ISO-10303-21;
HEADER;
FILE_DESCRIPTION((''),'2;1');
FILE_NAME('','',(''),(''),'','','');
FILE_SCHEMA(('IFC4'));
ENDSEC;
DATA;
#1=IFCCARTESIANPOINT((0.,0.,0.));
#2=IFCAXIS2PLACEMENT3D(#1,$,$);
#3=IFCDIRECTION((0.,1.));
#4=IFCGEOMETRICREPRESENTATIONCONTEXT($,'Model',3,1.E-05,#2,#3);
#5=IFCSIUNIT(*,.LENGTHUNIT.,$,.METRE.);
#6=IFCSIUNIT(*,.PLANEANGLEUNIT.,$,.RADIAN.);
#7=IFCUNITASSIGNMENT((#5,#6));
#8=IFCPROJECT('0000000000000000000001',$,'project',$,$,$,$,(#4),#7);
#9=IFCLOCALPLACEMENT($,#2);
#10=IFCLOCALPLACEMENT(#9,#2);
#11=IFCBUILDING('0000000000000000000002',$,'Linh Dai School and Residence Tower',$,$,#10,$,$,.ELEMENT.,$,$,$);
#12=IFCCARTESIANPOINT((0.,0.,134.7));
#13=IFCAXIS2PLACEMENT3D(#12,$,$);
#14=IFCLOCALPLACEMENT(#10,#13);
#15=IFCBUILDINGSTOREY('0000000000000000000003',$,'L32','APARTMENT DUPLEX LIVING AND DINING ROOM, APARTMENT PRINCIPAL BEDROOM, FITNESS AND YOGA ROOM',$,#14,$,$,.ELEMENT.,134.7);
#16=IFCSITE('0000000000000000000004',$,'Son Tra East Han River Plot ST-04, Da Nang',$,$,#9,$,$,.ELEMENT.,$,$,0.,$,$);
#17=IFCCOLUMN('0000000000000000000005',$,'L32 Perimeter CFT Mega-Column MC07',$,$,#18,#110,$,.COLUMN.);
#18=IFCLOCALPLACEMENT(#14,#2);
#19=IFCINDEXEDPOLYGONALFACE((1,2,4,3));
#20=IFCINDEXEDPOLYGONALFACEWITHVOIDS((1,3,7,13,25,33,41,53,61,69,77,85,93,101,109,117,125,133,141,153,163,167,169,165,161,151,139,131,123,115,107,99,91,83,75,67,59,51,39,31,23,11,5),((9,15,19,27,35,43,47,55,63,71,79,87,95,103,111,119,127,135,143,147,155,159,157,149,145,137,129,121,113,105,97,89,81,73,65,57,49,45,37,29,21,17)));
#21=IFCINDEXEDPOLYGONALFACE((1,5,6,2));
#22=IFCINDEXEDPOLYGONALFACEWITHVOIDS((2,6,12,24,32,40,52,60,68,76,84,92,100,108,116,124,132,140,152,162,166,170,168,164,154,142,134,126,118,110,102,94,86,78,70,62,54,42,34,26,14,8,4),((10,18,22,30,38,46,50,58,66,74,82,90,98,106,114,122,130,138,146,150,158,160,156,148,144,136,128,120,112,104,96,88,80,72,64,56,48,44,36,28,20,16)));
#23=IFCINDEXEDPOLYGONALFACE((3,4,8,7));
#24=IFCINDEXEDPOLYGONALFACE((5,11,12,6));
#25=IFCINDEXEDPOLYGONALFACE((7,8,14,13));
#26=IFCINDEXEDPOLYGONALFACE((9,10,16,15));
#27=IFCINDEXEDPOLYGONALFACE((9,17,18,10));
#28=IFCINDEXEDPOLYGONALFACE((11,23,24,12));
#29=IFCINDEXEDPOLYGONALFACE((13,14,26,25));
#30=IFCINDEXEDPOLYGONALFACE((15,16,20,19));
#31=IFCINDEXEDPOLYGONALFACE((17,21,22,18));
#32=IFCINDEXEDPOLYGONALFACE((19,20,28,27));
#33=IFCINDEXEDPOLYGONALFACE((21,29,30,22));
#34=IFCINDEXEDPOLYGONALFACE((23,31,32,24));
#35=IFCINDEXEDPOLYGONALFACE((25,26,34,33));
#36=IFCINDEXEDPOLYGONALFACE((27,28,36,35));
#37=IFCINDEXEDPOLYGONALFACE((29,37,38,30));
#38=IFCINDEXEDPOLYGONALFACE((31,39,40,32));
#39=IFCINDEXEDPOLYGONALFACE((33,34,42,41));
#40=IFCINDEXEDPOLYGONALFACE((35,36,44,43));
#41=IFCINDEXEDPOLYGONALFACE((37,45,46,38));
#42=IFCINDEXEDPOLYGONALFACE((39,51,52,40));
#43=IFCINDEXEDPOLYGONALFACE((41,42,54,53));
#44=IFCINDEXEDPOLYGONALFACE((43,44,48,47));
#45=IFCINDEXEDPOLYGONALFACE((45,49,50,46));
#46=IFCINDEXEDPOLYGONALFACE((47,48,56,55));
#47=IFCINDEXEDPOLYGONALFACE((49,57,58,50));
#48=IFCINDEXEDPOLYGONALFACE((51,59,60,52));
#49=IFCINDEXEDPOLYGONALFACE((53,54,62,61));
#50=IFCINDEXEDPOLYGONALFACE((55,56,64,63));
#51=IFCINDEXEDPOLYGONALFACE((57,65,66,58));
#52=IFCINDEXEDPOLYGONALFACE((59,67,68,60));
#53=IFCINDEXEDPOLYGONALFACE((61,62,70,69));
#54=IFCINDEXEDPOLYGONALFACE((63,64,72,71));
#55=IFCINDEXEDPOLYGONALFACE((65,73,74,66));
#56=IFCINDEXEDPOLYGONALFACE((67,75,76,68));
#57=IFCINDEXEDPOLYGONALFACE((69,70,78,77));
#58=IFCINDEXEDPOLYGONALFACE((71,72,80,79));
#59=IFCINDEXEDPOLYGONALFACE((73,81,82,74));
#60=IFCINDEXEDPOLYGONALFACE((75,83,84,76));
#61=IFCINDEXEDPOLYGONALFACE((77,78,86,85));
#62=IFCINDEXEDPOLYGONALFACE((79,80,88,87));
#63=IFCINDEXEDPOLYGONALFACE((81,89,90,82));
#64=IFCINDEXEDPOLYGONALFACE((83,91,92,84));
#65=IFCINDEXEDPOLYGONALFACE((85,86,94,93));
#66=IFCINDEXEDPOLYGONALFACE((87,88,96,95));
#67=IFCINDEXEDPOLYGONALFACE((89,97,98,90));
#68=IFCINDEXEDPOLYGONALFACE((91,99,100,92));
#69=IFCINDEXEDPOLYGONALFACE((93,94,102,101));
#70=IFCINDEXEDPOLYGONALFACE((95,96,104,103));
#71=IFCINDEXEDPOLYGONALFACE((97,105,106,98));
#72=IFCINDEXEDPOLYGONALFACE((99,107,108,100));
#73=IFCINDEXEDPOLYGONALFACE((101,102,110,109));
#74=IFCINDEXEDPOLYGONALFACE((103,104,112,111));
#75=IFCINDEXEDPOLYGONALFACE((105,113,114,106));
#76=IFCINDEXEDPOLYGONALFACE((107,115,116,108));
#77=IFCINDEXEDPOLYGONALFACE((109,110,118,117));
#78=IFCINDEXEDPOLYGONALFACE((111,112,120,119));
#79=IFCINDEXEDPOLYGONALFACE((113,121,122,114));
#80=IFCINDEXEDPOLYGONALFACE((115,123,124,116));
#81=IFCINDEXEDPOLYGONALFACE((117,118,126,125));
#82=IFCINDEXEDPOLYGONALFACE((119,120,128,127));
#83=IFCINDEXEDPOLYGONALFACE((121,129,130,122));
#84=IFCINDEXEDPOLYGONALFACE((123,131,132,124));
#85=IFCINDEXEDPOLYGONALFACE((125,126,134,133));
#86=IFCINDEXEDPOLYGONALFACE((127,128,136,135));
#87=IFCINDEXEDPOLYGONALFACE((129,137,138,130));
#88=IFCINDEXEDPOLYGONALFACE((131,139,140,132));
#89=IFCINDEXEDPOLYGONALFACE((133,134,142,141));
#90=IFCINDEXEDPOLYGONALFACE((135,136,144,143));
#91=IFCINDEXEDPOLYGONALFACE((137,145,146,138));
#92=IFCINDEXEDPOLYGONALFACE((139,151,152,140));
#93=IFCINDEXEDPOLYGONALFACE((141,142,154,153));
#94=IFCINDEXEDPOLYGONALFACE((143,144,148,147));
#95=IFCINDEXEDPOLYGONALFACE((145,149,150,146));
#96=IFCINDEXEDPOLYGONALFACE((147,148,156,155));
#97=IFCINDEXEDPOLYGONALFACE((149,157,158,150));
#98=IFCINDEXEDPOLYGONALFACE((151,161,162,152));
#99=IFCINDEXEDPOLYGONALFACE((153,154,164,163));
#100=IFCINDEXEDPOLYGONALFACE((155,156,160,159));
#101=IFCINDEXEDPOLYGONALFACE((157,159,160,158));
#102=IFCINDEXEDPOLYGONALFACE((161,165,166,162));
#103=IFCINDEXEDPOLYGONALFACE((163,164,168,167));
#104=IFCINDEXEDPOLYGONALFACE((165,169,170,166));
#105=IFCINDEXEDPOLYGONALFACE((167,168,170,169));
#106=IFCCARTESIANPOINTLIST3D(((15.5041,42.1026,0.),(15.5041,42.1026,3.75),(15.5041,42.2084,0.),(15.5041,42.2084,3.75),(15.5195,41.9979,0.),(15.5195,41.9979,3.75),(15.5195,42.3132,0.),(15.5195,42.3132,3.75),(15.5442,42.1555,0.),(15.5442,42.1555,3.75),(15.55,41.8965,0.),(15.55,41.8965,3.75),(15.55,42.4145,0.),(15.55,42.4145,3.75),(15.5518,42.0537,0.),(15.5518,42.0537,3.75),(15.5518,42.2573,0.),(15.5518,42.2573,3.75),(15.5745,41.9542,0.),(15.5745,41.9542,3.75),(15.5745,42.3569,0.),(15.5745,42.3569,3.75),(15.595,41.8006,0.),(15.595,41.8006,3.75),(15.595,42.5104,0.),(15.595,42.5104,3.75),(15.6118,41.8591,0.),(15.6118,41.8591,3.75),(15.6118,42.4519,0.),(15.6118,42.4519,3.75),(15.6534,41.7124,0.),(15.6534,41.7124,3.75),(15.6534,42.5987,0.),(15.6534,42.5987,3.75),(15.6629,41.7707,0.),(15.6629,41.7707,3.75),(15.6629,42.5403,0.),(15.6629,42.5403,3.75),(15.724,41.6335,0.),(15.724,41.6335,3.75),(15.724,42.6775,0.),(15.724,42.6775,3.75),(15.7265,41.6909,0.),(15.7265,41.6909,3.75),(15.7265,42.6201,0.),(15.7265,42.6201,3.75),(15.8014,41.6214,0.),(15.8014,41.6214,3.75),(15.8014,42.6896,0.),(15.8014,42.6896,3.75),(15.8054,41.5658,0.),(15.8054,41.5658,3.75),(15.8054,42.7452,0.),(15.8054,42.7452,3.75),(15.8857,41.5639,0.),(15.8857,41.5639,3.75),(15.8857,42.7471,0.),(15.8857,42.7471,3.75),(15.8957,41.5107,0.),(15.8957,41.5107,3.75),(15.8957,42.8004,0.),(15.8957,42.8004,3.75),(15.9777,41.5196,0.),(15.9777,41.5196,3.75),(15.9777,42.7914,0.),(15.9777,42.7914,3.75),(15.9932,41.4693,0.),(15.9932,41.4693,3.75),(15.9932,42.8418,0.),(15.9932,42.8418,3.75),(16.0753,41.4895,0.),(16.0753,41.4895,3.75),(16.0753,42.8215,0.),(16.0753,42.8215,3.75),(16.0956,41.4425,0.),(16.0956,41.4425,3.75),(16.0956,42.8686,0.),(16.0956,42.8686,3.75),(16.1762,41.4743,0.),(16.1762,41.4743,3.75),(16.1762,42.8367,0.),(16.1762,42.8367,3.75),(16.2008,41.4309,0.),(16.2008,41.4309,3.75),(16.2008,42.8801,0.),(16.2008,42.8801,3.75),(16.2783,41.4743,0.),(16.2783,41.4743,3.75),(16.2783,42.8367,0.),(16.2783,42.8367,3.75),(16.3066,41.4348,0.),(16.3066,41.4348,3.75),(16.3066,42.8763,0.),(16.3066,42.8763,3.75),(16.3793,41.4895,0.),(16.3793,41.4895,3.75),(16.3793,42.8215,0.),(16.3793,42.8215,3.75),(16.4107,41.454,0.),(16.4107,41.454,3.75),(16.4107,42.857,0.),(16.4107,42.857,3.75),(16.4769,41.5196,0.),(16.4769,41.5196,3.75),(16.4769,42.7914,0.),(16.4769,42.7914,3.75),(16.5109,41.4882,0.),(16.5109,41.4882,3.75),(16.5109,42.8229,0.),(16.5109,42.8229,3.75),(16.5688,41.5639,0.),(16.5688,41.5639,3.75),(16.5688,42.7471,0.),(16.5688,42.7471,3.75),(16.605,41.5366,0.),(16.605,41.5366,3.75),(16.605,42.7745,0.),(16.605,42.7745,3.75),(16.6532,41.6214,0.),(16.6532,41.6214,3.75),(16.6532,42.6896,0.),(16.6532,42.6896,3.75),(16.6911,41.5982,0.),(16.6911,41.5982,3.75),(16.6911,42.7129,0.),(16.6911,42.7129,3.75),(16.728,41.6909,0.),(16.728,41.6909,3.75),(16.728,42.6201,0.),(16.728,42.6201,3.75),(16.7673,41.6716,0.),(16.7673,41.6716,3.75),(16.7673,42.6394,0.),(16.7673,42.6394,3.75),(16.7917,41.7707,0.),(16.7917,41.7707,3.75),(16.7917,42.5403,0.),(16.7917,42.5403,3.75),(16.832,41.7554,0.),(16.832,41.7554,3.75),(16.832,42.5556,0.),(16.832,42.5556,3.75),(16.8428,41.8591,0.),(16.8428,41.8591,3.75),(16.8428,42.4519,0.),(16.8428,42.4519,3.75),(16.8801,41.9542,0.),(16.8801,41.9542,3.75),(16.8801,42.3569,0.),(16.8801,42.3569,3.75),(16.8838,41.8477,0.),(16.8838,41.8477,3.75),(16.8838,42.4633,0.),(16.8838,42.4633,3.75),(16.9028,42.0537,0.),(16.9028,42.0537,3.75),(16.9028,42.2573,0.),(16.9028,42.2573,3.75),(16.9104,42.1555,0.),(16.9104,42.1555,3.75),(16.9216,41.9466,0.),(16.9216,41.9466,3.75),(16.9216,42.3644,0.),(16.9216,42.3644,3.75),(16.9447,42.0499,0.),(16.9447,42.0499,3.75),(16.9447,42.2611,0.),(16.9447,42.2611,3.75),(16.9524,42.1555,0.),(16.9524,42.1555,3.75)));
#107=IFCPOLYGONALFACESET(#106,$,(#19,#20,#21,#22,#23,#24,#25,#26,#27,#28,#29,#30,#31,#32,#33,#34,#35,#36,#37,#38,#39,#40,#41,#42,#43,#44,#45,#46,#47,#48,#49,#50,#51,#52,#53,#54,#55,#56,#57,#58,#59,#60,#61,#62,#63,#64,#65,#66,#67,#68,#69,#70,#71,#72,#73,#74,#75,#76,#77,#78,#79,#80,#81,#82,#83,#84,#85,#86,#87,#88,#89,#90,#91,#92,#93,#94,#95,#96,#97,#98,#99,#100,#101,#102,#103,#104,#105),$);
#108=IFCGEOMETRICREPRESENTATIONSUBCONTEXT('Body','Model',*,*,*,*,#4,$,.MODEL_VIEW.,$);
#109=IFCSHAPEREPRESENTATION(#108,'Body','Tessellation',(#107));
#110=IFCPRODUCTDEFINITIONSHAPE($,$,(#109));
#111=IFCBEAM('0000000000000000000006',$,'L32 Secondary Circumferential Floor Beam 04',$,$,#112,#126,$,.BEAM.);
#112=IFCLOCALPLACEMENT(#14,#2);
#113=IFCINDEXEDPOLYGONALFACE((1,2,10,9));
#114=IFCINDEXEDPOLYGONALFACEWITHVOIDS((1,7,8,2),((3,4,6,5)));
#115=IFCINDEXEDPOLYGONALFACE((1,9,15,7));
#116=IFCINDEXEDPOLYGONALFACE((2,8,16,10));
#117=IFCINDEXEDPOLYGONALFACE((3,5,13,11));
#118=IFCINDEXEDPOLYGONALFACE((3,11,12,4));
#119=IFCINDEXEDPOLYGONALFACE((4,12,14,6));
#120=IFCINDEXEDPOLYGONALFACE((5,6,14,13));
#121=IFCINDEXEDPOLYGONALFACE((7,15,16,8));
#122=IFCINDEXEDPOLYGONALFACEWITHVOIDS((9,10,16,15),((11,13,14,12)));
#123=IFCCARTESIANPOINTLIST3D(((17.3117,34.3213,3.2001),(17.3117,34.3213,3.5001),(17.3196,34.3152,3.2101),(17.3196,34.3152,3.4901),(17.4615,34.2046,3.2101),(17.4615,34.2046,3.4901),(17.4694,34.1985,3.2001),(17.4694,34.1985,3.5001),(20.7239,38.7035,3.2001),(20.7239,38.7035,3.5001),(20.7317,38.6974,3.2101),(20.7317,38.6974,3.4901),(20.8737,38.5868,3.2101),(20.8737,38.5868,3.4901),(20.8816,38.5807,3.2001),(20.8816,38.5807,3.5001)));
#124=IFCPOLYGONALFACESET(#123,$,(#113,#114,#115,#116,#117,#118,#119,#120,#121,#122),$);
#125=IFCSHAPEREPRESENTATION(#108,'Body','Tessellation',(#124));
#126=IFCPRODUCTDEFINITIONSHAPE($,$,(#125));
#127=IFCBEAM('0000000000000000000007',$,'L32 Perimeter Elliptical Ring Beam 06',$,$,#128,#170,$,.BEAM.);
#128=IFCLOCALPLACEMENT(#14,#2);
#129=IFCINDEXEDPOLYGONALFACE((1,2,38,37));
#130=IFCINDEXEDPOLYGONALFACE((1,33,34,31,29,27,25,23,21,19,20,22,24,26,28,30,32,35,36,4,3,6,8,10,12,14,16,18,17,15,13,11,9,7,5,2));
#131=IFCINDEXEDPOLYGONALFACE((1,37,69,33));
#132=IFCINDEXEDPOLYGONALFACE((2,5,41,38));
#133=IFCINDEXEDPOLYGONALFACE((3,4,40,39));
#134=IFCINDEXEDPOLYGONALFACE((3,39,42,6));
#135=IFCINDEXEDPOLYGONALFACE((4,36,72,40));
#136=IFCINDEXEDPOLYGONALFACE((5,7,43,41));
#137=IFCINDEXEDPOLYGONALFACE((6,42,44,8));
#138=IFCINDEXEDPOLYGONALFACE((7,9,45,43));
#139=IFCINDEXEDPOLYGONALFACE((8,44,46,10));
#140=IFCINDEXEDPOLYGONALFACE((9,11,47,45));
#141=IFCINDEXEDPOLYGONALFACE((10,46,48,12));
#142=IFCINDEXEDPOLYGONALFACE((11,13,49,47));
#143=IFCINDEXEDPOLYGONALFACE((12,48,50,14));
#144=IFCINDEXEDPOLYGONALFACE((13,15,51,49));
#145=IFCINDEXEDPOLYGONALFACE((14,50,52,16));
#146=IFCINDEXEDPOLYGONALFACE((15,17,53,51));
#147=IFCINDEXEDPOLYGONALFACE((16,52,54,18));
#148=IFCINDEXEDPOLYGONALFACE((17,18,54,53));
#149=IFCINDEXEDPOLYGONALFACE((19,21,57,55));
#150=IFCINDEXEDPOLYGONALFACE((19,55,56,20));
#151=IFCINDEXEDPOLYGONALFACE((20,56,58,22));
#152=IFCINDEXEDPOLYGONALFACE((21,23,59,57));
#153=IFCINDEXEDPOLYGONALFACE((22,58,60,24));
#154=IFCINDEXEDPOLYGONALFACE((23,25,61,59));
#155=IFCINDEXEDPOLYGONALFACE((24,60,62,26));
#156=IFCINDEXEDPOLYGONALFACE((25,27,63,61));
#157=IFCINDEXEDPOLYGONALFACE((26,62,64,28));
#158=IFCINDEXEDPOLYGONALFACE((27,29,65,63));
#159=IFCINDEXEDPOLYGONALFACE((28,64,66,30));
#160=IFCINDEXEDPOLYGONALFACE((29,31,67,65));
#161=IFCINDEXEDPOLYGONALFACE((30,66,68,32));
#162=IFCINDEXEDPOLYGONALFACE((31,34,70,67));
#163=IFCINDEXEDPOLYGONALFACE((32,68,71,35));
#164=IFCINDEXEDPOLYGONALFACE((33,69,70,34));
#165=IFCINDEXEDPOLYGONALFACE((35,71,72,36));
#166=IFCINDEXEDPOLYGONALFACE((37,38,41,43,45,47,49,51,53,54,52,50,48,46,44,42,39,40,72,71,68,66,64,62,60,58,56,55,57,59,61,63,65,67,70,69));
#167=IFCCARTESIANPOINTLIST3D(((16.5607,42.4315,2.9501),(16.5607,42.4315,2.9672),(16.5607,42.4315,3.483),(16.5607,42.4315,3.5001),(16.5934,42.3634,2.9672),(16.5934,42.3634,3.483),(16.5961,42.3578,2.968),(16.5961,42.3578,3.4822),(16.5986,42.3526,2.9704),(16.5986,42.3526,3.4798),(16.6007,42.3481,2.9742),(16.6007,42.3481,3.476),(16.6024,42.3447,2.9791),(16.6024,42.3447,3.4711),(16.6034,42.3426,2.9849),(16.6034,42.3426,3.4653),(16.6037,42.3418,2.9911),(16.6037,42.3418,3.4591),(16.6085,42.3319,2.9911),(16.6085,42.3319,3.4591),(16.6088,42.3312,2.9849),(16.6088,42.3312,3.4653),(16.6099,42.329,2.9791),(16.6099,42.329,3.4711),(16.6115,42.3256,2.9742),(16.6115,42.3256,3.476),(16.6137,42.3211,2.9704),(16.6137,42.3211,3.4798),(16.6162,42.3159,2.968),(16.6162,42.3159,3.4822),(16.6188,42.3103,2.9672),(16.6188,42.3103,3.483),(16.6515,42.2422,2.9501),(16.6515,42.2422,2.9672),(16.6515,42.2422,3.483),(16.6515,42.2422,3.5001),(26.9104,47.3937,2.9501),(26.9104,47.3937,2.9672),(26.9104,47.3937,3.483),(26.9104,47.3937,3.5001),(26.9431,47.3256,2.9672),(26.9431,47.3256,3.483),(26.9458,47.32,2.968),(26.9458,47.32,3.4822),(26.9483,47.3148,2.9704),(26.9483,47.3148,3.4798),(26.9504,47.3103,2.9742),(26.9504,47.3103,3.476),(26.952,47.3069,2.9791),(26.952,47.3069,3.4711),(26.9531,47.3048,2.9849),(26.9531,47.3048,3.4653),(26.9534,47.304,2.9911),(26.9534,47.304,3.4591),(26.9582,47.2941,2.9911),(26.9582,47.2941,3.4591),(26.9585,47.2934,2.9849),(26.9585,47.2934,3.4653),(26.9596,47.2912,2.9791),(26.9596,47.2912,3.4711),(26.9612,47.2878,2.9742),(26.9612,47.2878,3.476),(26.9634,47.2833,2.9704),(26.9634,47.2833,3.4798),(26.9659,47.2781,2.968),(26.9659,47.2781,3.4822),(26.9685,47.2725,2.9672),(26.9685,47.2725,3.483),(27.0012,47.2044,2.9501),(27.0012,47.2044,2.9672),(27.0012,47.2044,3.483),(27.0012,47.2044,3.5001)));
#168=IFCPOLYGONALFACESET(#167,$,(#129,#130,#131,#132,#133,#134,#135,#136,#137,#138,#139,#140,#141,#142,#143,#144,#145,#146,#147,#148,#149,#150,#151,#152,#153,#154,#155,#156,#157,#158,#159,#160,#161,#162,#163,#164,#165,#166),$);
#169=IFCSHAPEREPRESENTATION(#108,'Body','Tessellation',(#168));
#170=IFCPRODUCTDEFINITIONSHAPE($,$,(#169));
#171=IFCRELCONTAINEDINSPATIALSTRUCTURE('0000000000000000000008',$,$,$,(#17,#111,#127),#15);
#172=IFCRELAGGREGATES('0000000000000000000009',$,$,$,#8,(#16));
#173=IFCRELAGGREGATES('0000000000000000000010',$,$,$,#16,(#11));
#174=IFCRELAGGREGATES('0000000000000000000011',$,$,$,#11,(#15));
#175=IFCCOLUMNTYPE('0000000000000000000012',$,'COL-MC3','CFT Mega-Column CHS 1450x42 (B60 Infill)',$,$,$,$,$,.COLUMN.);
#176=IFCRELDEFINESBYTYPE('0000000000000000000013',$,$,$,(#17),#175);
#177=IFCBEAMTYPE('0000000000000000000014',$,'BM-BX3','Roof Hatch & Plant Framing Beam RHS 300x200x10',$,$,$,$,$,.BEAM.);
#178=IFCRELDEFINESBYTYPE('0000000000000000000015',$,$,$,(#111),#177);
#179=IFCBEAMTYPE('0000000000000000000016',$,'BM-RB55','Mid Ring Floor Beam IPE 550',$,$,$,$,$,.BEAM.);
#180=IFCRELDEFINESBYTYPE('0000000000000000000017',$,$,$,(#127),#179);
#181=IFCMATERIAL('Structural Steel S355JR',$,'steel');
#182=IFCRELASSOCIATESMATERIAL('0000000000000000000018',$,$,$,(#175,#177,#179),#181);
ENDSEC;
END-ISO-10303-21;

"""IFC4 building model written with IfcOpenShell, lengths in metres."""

from ifc_helpers import new_model, si_unit, direction, frame, origin, origin_2d, place, context, subcontext, project, spatial, hollow_rectangle, hollow_circle, i_section, extrude, material, material_profile, profile_set, type_object, element, save


model = new_model("IFC4")

# Units and contexts
model_context = context("Model", 3, precision=1e-05, world=origin(), true_north=direction((0.0, 1.0)))
body_context = subcontext(model_context, "Body", "Model", "MODEL_VIEW")
ifc_project = project(units=[si_unit("LENGTHUNIT", "METRE"), si_unit("PLANEANGLEUNIT", "RADIAN")], contexts=[model_context])

# Site, building, storey
site_placement = place(None, origin())
site = spatial("IfcSite", under=ifc_project, at=site_placement, Name="Son Tra East Han River Plot ST-04, Da Nang", CompositionType="ELEMENT", RefElevation=0.0)
building_placement = place(site_placement, origin())
building = spatial("IfcBuilding", under=site, at=building_placement, Name="Linh Dai School and Residence Tower", CompositionType="ELEMENT")
storey_placement = place(building_placement, frame((0.0, 0.0, 134.7)))
storey = spatial("IfcBuildingStorey", under=building, at=storey_placement, Name="L32", Description="APARTMENT DUPLEX LIVING AND DINING ROOM, APARTMENT PRINCIPAL BEDROOM, FITNESS AND YOGA ROOM", CompositionType="ELEMENT", Elevation=134.7)

# Column
ifc_material_1 = material(Name="Structural Steel S355JR", Category="steel")
ifc_material_profile_1 = material_profile(ifc_material_1, hollow_circle(Radius=0.7251, WallThickness=0.042, at=origin_2d()), Name="CHS 1450x42")
ifc_profile_set_1 = profile_set([ifc_material_profile_1], Name="Structural Steel S355JR")
column_type = type_object("IfcColumnType", Name="COL-MC3", Description="CFT Mega-Column CHS 1450x42 (B60 Infill)", PredefinedType="COLUMN", material=ifc_profile_set_1)
column_placement = place(storey_placement, frame((16.2273, 42.1555, 0.0), z_axis=(0.0, 0.0, 1.0), x_axis=(1.0, 0.0, 0.0)))
element("IfcColumn", 1, at=column_placement, inside=storey, type_object=column_type, Name="L32 Perimeter CFT Mega-Column MC07", PredefinedType="COLUMN", context=body_context, shape_type="SweptSolid", body=[
    extrude(hollow_circle(Radius=0.7251, WallThickness=0.042, at=origin_2d()), origin(), (0.0, 0.0, 1.0), 3.75),
])

# Beams
ifc_material_profile_2 = material_profile(ifc_material_1, hollow_rectangle(XDim=0.2, YDim=0.3, WallThickness=0.01, at=origin_2d()), Name="RHS 300x200x10")
ifc_profile_set_2 = profile_set([ifc_material_profile_2], Name="Structural Steel S355JR")
beam_type_1 = type_object("IfcBeamType", Name="BM-BX3", Description="Roof Hatch & Plant Framing Beam RHS 300x200x10", PredefinedType="BEAM", material=ifc_profile_set_2)
beam_1_placement = place(storey_placement, frame((20.8027, 38.6421, 3.3501), z_axis=(-0.61437, -0.789018, 0.0), x_axis=(0.789018, -0.61437, 0.0)))
element("IfcBeam", 2, at=beam_1_placement, inside=storey, type_object=beam_type_1, Name="L32 Secondary Circumferential Floor Beam 04", PredefinedType="BEAM", context=body_context, shape_type="SweptSolid", body=[
    extrude(hollow_rectangle(XDim=0.2, YDim=0.3, WallThickness=0.01, at=origin_2d()), origin(), (0.0, 0.0, 1.0), 5.554),
])
ifc_material_profile_3 = material_profile(ifc_material_1, i_section(OverallWidth=0.21, OverallDepth=0.55, WebThickness=0.011, FlangeThickness=0.0171, FilletRadius=0.0239, at=origin_2d()), Name="IPE 550")
ifc_profile_set_3 = profile_set([ifc_material_profile_3], Name="Structural Steel S355JR")
beam_type_2 = type_object("IfcBeamType", Name="BM-RB55", Description="Mid Ring Floor Beam IPE 550", PredefinedType="BEAM", material=ifc_profile_set_3)
beam_2_placement = place(storey_placement, frame((26.9558, 47.2991, 3.2251), z_axis=(-0.901715, -0.432331, 0.0), x_axis=(0.432331, -0.901715, 0.0)))
element("IfcBeam", 3, at=beam_2_placement, inside=storey, type_object=beam_type_2, Name="L32 Perimeter Elliptical Ring Beam 06", PredefinedType="BEAM", context=body_context, shape_type="SweptSolid", body=[
    extrude(i_section(OverallWidth=0.21, OverallDepth=0.55, WebThickness=0.011, FlangeThickness=0.0171, FilletRadius=0.0239, at=origin_2d()), origin(), (0.0, 0.0, 1.0), 11.4778),
])

save(model, "model.ifc")
